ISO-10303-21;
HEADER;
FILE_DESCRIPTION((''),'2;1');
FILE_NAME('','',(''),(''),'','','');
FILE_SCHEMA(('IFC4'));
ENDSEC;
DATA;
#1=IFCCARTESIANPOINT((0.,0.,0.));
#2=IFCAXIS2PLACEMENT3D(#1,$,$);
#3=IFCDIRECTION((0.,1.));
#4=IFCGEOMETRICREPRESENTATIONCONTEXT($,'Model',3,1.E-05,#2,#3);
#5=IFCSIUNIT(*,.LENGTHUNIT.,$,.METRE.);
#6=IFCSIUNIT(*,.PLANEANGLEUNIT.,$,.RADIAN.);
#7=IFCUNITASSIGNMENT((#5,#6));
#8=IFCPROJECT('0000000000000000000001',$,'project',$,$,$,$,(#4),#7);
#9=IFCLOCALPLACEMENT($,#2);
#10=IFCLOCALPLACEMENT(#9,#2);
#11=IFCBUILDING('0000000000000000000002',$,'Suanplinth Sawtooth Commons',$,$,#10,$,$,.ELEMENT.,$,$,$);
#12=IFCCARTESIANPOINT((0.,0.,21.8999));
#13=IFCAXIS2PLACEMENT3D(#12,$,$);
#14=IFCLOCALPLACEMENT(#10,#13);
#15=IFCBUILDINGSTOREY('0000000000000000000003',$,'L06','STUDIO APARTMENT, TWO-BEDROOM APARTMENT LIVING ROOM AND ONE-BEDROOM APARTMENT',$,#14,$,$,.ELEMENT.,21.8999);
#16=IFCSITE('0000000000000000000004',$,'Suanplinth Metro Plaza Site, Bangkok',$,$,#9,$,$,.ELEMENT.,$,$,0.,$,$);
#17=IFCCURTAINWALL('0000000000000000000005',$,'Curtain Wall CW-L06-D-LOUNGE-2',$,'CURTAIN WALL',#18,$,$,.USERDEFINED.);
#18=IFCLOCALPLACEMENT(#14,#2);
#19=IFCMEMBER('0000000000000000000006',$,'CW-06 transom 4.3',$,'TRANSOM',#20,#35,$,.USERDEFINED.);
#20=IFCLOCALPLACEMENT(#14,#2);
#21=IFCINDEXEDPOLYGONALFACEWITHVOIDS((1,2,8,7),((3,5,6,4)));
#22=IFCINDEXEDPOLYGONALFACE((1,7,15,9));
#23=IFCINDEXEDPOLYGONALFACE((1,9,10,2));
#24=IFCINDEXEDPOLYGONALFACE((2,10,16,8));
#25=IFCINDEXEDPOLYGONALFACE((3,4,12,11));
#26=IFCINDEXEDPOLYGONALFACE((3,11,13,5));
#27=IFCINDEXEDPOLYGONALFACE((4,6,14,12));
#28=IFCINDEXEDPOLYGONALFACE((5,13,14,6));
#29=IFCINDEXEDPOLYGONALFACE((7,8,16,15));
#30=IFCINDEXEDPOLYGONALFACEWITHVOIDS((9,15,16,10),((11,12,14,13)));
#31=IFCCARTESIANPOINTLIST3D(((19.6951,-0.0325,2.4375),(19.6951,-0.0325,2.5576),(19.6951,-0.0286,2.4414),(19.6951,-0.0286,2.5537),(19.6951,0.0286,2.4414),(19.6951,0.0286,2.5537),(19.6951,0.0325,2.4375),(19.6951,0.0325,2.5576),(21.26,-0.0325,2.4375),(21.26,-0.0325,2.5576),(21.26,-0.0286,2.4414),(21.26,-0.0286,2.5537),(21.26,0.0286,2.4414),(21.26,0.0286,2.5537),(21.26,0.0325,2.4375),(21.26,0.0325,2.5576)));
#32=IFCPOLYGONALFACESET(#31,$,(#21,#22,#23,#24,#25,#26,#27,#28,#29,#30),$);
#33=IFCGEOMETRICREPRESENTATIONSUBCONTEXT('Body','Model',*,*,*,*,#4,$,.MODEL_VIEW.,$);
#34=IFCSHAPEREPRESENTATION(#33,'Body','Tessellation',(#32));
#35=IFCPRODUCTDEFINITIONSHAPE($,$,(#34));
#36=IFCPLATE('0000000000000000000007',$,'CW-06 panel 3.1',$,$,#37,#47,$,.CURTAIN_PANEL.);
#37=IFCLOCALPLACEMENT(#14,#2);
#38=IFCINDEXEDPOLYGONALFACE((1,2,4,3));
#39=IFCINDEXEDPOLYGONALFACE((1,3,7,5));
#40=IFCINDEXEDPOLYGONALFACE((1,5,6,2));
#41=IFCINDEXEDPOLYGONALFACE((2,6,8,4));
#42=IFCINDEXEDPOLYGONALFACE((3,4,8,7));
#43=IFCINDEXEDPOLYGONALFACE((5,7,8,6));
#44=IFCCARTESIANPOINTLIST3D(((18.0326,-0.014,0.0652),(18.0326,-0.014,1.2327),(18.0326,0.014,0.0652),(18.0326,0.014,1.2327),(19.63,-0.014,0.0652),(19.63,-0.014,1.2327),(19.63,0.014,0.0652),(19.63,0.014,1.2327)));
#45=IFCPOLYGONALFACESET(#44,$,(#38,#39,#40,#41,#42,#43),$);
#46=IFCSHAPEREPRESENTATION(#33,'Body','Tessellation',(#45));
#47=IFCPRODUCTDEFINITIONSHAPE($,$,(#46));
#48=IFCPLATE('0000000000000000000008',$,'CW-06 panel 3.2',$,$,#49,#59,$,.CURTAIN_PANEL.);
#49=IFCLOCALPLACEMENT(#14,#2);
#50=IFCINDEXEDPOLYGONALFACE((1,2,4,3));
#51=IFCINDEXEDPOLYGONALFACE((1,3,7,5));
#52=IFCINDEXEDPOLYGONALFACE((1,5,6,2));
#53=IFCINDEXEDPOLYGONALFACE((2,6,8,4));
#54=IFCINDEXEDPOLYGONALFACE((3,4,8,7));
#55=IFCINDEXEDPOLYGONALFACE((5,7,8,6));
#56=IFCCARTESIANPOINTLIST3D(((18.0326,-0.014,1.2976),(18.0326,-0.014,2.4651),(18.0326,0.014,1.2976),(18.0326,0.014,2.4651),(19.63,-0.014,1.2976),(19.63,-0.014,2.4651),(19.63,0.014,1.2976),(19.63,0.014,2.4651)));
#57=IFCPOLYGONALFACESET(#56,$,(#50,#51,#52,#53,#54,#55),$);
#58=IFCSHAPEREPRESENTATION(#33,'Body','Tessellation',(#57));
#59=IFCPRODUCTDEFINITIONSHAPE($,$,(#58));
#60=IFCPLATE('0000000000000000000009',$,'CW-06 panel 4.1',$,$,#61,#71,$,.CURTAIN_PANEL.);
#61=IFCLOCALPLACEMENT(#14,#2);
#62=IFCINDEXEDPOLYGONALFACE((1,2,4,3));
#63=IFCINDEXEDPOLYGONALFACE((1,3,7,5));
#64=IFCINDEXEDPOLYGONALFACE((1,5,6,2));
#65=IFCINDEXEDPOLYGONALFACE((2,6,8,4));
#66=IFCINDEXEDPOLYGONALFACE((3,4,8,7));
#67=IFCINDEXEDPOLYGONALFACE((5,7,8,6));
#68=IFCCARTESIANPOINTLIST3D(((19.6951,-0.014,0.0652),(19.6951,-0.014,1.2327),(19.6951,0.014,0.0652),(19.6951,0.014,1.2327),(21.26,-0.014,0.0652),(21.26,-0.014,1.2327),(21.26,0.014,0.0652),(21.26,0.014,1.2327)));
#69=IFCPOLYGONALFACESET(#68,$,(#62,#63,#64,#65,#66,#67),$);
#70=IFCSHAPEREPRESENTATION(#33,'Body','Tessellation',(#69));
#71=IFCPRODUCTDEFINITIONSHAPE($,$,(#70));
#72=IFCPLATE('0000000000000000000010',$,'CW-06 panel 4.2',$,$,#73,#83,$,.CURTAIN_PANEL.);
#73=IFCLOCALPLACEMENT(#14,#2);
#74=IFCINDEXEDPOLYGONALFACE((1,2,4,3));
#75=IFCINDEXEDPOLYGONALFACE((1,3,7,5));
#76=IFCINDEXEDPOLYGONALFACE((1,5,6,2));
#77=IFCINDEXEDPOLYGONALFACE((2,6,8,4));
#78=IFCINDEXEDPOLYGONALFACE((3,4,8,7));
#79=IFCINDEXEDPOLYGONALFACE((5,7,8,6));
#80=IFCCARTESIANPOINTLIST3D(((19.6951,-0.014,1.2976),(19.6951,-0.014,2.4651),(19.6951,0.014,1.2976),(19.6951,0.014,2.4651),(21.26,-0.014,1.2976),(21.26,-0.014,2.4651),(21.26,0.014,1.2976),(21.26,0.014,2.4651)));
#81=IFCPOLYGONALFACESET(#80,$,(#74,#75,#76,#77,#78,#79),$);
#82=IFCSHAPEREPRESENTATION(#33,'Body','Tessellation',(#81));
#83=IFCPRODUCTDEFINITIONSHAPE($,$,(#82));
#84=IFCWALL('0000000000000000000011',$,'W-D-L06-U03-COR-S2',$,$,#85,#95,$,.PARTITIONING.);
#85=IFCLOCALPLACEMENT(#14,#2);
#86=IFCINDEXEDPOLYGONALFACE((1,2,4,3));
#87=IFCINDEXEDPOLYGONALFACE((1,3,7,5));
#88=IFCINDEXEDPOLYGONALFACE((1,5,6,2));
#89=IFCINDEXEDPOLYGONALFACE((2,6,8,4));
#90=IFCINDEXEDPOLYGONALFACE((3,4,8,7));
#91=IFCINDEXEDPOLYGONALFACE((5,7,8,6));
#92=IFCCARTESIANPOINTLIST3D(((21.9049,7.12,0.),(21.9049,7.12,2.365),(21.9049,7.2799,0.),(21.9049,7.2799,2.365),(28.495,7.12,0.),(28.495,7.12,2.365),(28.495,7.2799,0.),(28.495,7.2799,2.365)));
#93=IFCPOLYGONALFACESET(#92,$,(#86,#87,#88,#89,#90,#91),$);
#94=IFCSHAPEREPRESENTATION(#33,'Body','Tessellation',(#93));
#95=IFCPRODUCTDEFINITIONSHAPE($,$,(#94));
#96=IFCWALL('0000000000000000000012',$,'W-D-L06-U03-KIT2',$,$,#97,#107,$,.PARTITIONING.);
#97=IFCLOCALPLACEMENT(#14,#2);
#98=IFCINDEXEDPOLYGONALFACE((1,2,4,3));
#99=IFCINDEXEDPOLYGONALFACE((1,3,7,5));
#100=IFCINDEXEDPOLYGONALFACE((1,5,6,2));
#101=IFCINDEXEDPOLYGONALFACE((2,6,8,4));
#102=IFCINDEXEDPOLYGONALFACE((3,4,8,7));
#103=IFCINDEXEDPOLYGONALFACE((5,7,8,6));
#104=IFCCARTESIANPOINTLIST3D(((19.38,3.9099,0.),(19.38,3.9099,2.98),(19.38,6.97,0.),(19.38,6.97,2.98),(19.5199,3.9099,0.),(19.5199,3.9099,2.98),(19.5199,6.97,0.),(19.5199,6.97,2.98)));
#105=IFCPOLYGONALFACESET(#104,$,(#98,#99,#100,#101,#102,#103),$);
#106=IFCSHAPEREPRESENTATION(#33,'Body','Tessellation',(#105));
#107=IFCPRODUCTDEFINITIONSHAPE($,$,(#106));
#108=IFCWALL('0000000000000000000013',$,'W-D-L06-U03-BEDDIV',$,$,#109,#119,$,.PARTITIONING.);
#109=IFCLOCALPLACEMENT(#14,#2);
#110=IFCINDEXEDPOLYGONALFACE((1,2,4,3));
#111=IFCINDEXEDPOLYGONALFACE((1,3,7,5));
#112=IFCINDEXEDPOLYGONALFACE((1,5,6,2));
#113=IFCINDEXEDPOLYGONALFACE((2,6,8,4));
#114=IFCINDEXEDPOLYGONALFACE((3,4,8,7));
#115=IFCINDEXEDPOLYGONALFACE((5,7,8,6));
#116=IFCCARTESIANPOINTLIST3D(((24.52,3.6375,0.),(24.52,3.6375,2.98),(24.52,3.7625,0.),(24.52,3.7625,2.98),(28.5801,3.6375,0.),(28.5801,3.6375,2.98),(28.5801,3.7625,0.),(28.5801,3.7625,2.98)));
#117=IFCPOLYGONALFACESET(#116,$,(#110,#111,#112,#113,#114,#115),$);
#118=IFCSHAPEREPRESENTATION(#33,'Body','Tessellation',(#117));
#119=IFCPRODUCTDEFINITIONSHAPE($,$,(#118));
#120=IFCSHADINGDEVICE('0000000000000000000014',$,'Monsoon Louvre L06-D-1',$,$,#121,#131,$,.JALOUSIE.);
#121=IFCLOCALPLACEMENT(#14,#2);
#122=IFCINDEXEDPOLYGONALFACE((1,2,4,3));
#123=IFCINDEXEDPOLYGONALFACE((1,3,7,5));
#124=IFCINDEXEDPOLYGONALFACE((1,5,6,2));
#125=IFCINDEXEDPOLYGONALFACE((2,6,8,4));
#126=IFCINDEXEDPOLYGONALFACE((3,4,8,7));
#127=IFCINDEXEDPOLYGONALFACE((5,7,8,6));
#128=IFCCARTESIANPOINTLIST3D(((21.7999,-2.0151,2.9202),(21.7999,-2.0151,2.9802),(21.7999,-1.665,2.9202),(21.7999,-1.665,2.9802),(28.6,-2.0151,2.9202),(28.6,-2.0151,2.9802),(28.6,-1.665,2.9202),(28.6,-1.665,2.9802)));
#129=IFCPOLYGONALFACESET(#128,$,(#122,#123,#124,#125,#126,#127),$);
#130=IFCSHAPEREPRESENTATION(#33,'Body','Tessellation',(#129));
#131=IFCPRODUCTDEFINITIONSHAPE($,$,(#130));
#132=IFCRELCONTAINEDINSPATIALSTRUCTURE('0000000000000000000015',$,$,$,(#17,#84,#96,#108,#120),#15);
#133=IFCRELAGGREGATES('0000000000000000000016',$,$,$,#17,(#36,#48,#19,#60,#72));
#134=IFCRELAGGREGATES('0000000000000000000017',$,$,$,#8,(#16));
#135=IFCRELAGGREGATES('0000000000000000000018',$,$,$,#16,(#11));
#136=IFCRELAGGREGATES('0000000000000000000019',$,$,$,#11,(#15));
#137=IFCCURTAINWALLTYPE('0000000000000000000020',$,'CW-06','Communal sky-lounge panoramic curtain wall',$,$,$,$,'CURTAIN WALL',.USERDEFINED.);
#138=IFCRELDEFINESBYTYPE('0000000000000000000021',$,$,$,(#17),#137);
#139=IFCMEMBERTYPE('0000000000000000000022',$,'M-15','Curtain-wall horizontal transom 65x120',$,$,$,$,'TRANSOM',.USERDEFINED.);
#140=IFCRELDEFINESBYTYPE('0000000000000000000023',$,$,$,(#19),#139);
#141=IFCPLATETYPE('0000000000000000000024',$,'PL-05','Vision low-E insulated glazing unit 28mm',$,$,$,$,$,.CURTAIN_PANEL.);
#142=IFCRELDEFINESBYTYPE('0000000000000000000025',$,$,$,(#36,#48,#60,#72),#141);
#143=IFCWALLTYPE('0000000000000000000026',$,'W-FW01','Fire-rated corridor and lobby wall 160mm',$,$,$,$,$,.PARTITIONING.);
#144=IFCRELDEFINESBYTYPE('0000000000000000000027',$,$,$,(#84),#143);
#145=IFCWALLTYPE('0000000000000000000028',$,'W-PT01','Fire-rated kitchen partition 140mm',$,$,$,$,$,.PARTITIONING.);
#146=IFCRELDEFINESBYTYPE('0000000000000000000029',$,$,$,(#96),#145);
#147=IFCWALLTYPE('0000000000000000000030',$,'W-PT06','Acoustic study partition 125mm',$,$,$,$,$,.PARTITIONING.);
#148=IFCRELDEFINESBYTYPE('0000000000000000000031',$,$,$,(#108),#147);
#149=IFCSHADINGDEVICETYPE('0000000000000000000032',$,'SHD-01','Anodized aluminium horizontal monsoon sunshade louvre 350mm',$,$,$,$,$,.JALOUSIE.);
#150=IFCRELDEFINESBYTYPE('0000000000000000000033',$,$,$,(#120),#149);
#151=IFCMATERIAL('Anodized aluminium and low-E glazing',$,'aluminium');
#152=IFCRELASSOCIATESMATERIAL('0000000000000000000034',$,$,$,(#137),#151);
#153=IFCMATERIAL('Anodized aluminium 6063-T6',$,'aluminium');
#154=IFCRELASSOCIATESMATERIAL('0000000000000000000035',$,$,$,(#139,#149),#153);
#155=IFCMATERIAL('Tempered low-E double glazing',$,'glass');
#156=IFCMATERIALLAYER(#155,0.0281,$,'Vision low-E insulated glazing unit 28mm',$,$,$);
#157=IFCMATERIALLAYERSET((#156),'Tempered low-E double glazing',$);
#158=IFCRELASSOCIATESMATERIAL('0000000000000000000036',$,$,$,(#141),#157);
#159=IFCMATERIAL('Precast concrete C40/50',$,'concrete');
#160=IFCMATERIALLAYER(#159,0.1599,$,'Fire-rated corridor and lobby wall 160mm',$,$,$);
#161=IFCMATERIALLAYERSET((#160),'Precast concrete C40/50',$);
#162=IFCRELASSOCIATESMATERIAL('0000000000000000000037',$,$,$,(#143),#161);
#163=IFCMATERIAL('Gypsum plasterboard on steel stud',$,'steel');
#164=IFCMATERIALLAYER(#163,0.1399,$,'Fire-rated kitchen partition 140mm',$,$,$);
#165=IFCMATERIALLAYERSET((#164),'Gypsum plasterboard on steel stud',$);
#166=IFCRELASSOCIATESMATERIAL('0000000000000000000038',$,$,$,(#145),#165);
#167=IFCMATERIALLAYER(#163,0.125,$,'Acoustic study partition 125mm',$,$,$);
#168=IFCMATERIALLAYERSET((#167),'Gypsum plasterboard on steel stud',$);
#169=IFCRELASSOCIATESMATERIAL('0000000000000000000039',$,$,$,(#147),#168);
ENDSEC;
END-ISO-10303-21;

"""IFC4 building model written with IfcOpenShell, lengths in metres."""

from ifc_helpers import new_model, si_unit, direction, frame, frame_2d, origin, origin_2d, place, context, subcontext, project, spatial, rectangle, hollow_rectangle, extrude, material, layer, layer_set, material_profile, profile_set, type_object, element, aggregate, save


model = new_model("IFC4")

# Units and contexts
model_context = context("Model", 3, precision=1e-05, world=origin(), true_north=direction((0.0, 1.0)))
body_context = subcontext(model_context, "Body", "Model", "MODEL_VIEW")
ifc_project = project(units=[si_unit("LENGTHUNIT", "METRE"), si_unit("PLANEANGLEUNIT", "RADIAN")], contexts=[model_context])

# Site, building, storey
site_placement = place(None, origin())
site = spatial("IfcSite", under=ifc_project, at=site_placement, Name="Suanplinth Metro Plaza Site, Bangkok", CompositionType="ELEMENT", RefElevation=0.0)
building_placement = place(site_placement, origin())
building = spatial("IfcBuilding", under=site, at=building_placement, Name="Suanplinth Sawtooth Commons", CompositionType="ELEMENT")
storey_placement = place(building_placement, frame((0.0, 0.0, 21.8999)))
storey = spatial("IfcBuildingStorey", under=building, at=storey_placement, Name="L06", Description="STUDIO APARTMENT, TWO-BEDROOM APARTMENT LIVING ROOM AND ONE-BEDROOM APARTMENT", CompositionType="ELEMENT", Elevation=21.8999)

# Shared definitions
ifc_material_1 = material(Name="Precast concrete C40/50", Category="concrete")

# Curtain wall, member, plates
ifc_material_2 = material(Name="Anodized aluminium and low-E glazing", Category="aluminium")
curtain_wall_type = type_object("IfcCurtainWallType", Name="CW-06", Description="Communal sky-lounge panoramic curtain wall", ElementType="CURTAIN WALL", PredefinedType="USERDEFINED", material=ifc_material_2)
curtain_wall_placement = place(storey_placement, origin())
curtain_wall = element("IfcCurtainWall", 1, at=curtain_wall_placement, inside=storey, type_object=curtain_wall_type, Name="Curtain Wall CW-L06-D-LOUNGE-2", ObjectType="CURTAIN WALL", PredefinedType="USERDEFINED")
ifc_material_3 = material(Name="Anodized aluminium 6063-T6", Category="aluminium")
ifc_material_profile_1 = material_profile(ifc_material_3, hollow_rectangle(XDim=0.0649, YDim=0.1201, WallThickness=0.0039, at=origin_2d()), Name="ALU-TRN 65x120")
ifc_profile_set_1 = profile_set([ifc_material_profile_1], Name="Anodized aluminium 6063-T6")
member_type_1 = type_object("IfcMemberType", Name="M-15", Description="Curtain-wall horizontal transom 65x120", ElementType="TRANSOM", PredefinedType="USERDEFINED", material=ifc_profile_set_1)
member_1_placement = place(storey_placement, frame((19.6951, 0.0, 2.4976), z_axis=(1.0, 0.0, 0.0), x_axis=(0.0, 1.0, 0.0)))
member_1 = element("IfcMember", 2, at=member_1_placement, type_object=member_type_1, Name="CW-06 transom 4.3", ObjectType="TRANSOM", PredefinedType="USERDEFINED", context=body_context, shape_type="SweptSolid", body=[
    extrude(hollow_rectangle(XDim=0.0649, YDim=0.1201, WallThickness=0.0039, at=origin_2d()), origin(), (0.0, 0.0, 1.0), 1.5649),
])
ifc_material_4 = material(Name="Tempered low-E double glazing", Category="glass")
ifc_layer_1 = layer(ifc_material_4, 0.0281, Name="Vision low-E insulated glazing unit 28mm")
ifc_layer_set_1 = layer_set([ifc_layer_1], Name="Tempered low-E double glazing")
plate_type = type_object("IfcPlateType", Name="PL-05", Description="Vision low-E insulated glazing unit 28mm", PredefinedType="CURTAIN_PANEL", material=ifc_layer_set_1)
plate_1_placement = place(storey_placement, frame((18.8313, 0.0, 0.0652), z_axis=(0.0, 0.0, 1.0), x_axis=(1.0, 0.0, 0.0)))
plate_1 = element("IfcPlate", 3, at=plate_1_placement, type_object=plate_type, Name="CW-06 panel 3.1", PredefinedType="CURTAIN_PANEL", context=body_context, shape_type="SweptSolid", body=[
    extrude(rectangle(XDim=1.5974, YDim=0.0281, at=origin_2d()), origin(), (0.0, 0.0, 1.0), 1.1675),
])
plate_2_placement = place(storey_placement, frame((18.8313, 0.0, 1.2976), z_axis=(0.0, 0.0, 1.0), x_axis=(1.0, 0.0, 0.0)))
plate_2 = element("IfcPlate", 4, at=plate_2_placement, type_object=plate_type, Name="CW-06 panel 3.2", PredefinedType="CURTAIN_PANEL", context=body_context, shape_type="SweptSolid", body=[
    extrude(rectangle(XDim=1.5974, YDim=0.0281, at=origin_2d()), origin(), (0.0, 0.0, 1.0), 1.1675),
])
plate_3_placement = place(storey_placement, frame((20.4775, 0.0, 0.0652), z_axis=(0.0, 0.0, 1.0), x_axis=(1.0, 0.0, 0.0)))
plate_3 = element("IfcPlate", 5, at=plate_3_placement, type_object=plate_type, Name="CW-06 panel 4.1", PredefinedType="CURTAIN_PANEL", context=body_context, shape_type="SweptSolid", body=[
    extrude(rectangle(XDim=1.5649, YDim=0.0281, at=origin_2d()), origin(), (0.0, 0.0, 1.0), 1.1675),
])
plate_4_placement = place(storey_placement, frame((20.4775, 0.0, 1.2976), z_axis=(0.0, 0.0, 1.0), x_axis=(1.0, 0.0, 0.0)))
plate_4 = element("IfcPlate", 6, at=plate_4_placement, type_object=plate_type, Name="CW-06 panel 4.2", PredefinedType="CURTAIN_PANEL", context=body_context, shape_type="SweptSolid", body=[
    extrude(rectangle(XDim=1.5649, YDim=0.0281, at=origin_2d()), origin(), (0.0, 0.0, 1.0), 1.1675),
])
aggregate(curtain_wall, [plate_1, plate_2, member_1, plate_3, plate_4])

# Walls
ifc_layer_2 = layer(ifc_material_1, 0.1599, Name="Fire-rated corridor and lobby wall 160mm")
ifc_layer_set_2 = layer_set([ifc_layer_2], Name="Precast concrete C40/50")
wall_type_1 = type_object("IfcWallType", Name="W-FW01", Description="Fire-rated corridor and lobby wall 160mm", PredefinedType="PARTITIONING", material=ifc_layer_set_2)
wall_1_placement = place(storey_placement, frame((21.905, 7.2, 0.0), z_axis=(0.0, 0.0, 1.0), x_axis=(1.0, 0.0, 0.0)))
element("IfcWall", 7, at=wall_1_placement, inside=storey, type_object=wall_type_1, Name="W-D-L06-U03-COR-S2", PredefinedType="PARTITIONING", context=body_context, shape_type="SweptSolid", body=[
    extrude(rectangle(XDim=6.5901, YDim=0.1599, at=frame_2d((3.2949, 0.0))), origin(), (0.0, 0.0, 1.0), 2.365),
])
ifc_material_5 = material(Name="Gypsum plasterboard on steel stud", Category="steel")
ifc_layer_3 = layer(ifc_material_5, 0.1399, Name="Fire-rated kitchen partition 140mm")
ifc_layer_set_3 = layer_set([ifc_layer_3], Name="Gypsum plasterboard on steel stud")
wall_type_2 = type_object("IfcWallType", Name="W-PT01", Description="Fire-rated kitchen partition 140mm", PredefinedType="PARTITIONING", material=ifc_layer_set_3)
wall_2_placement = place(storey_placement, frame((19.45, 3.9099, 0.0), z_axis=(0.0, 0.0, 1.0), x_axis=(0.0, 1.0, 0.0)))
element("IfcWall", 8, at=wall_2_placement, inside=storey, type_object=wall_type_2, Name="W-D-L06-U03-KIT2", PredefinedType="PARTITIONING", context=body_context, shape_type="SweptSolid", body=[
    extrude(rectangle(XDim=3.0601, YDim=0.1399, at=frame_2d((1.53, 0.0))), origin(), (0.0, 0.0, 1.0), 2.98),
])

# Wall
ifc_layer_4 = layer(ifc_material_5, 0.125, Name="Acoustic study partition 125mm")
ifc_layer_set_4 = layer_set([ifc_layer_4], Name="Gypsum plasterboard on steel stud")
wall_type_3 = type_object("IfcWallType", Name="W-PT06", Description="Acoustic study partition 125mm", PredefinedType="PARTITIONING", material=ifc_layer_set_4)
wall_3_placement = place(storey_placement, frame((24.52, 3.7, 0.0), z_axis=(0.0, 0.0, 1.0), x_axis=(1.0, 0.0, 0.0)))
element("IfcWall", 9, at=wall_3_placement, inside=storey, type_object=wall_type_3, Name="W-D-L06-U03-BEDDIV", PredefinedType="PARTITIONING", context=body_context, shape_type="SweptSolid", body=[
    extrude(rectangle(XDim=4.0601, YDim=0.125, at=frame_2d((2.03, 0.0))), origin(), (0.0, 0.0, 1.0), 2.98),
])

# Shading device
shading_device_type = type_object("IfcShadingDeviceType", Name="SHD-01", Description="Anodized aluminium horizontal monsoon sunshade louvre 350mm", PredefinedType="JALOUSIE", material=ifc_material_3)
shading_device_placement = place(storey_placement, frame((25.2, -1.8401, 2.9202), z_axis=(0.0, 0.0, 1.0), x_axis=(1.0, 0.0, 0.0)))
element("IfcShadingDevice", 10, at=shading_device_placement, inside=storey, type_object=shading_device_type, Name="Monsoon Louvre L06-D-1", PredefinedType="JALOUSIE", context=body_context, shape_type="SweptSolid", body=[
    extrude(rectangle(XDim=6.8, YDim=0.3501, at=origin_2d()), origin(), (0.0, 0.0, 1.0), 0.0601),
])

save(model, "model.ifc")
